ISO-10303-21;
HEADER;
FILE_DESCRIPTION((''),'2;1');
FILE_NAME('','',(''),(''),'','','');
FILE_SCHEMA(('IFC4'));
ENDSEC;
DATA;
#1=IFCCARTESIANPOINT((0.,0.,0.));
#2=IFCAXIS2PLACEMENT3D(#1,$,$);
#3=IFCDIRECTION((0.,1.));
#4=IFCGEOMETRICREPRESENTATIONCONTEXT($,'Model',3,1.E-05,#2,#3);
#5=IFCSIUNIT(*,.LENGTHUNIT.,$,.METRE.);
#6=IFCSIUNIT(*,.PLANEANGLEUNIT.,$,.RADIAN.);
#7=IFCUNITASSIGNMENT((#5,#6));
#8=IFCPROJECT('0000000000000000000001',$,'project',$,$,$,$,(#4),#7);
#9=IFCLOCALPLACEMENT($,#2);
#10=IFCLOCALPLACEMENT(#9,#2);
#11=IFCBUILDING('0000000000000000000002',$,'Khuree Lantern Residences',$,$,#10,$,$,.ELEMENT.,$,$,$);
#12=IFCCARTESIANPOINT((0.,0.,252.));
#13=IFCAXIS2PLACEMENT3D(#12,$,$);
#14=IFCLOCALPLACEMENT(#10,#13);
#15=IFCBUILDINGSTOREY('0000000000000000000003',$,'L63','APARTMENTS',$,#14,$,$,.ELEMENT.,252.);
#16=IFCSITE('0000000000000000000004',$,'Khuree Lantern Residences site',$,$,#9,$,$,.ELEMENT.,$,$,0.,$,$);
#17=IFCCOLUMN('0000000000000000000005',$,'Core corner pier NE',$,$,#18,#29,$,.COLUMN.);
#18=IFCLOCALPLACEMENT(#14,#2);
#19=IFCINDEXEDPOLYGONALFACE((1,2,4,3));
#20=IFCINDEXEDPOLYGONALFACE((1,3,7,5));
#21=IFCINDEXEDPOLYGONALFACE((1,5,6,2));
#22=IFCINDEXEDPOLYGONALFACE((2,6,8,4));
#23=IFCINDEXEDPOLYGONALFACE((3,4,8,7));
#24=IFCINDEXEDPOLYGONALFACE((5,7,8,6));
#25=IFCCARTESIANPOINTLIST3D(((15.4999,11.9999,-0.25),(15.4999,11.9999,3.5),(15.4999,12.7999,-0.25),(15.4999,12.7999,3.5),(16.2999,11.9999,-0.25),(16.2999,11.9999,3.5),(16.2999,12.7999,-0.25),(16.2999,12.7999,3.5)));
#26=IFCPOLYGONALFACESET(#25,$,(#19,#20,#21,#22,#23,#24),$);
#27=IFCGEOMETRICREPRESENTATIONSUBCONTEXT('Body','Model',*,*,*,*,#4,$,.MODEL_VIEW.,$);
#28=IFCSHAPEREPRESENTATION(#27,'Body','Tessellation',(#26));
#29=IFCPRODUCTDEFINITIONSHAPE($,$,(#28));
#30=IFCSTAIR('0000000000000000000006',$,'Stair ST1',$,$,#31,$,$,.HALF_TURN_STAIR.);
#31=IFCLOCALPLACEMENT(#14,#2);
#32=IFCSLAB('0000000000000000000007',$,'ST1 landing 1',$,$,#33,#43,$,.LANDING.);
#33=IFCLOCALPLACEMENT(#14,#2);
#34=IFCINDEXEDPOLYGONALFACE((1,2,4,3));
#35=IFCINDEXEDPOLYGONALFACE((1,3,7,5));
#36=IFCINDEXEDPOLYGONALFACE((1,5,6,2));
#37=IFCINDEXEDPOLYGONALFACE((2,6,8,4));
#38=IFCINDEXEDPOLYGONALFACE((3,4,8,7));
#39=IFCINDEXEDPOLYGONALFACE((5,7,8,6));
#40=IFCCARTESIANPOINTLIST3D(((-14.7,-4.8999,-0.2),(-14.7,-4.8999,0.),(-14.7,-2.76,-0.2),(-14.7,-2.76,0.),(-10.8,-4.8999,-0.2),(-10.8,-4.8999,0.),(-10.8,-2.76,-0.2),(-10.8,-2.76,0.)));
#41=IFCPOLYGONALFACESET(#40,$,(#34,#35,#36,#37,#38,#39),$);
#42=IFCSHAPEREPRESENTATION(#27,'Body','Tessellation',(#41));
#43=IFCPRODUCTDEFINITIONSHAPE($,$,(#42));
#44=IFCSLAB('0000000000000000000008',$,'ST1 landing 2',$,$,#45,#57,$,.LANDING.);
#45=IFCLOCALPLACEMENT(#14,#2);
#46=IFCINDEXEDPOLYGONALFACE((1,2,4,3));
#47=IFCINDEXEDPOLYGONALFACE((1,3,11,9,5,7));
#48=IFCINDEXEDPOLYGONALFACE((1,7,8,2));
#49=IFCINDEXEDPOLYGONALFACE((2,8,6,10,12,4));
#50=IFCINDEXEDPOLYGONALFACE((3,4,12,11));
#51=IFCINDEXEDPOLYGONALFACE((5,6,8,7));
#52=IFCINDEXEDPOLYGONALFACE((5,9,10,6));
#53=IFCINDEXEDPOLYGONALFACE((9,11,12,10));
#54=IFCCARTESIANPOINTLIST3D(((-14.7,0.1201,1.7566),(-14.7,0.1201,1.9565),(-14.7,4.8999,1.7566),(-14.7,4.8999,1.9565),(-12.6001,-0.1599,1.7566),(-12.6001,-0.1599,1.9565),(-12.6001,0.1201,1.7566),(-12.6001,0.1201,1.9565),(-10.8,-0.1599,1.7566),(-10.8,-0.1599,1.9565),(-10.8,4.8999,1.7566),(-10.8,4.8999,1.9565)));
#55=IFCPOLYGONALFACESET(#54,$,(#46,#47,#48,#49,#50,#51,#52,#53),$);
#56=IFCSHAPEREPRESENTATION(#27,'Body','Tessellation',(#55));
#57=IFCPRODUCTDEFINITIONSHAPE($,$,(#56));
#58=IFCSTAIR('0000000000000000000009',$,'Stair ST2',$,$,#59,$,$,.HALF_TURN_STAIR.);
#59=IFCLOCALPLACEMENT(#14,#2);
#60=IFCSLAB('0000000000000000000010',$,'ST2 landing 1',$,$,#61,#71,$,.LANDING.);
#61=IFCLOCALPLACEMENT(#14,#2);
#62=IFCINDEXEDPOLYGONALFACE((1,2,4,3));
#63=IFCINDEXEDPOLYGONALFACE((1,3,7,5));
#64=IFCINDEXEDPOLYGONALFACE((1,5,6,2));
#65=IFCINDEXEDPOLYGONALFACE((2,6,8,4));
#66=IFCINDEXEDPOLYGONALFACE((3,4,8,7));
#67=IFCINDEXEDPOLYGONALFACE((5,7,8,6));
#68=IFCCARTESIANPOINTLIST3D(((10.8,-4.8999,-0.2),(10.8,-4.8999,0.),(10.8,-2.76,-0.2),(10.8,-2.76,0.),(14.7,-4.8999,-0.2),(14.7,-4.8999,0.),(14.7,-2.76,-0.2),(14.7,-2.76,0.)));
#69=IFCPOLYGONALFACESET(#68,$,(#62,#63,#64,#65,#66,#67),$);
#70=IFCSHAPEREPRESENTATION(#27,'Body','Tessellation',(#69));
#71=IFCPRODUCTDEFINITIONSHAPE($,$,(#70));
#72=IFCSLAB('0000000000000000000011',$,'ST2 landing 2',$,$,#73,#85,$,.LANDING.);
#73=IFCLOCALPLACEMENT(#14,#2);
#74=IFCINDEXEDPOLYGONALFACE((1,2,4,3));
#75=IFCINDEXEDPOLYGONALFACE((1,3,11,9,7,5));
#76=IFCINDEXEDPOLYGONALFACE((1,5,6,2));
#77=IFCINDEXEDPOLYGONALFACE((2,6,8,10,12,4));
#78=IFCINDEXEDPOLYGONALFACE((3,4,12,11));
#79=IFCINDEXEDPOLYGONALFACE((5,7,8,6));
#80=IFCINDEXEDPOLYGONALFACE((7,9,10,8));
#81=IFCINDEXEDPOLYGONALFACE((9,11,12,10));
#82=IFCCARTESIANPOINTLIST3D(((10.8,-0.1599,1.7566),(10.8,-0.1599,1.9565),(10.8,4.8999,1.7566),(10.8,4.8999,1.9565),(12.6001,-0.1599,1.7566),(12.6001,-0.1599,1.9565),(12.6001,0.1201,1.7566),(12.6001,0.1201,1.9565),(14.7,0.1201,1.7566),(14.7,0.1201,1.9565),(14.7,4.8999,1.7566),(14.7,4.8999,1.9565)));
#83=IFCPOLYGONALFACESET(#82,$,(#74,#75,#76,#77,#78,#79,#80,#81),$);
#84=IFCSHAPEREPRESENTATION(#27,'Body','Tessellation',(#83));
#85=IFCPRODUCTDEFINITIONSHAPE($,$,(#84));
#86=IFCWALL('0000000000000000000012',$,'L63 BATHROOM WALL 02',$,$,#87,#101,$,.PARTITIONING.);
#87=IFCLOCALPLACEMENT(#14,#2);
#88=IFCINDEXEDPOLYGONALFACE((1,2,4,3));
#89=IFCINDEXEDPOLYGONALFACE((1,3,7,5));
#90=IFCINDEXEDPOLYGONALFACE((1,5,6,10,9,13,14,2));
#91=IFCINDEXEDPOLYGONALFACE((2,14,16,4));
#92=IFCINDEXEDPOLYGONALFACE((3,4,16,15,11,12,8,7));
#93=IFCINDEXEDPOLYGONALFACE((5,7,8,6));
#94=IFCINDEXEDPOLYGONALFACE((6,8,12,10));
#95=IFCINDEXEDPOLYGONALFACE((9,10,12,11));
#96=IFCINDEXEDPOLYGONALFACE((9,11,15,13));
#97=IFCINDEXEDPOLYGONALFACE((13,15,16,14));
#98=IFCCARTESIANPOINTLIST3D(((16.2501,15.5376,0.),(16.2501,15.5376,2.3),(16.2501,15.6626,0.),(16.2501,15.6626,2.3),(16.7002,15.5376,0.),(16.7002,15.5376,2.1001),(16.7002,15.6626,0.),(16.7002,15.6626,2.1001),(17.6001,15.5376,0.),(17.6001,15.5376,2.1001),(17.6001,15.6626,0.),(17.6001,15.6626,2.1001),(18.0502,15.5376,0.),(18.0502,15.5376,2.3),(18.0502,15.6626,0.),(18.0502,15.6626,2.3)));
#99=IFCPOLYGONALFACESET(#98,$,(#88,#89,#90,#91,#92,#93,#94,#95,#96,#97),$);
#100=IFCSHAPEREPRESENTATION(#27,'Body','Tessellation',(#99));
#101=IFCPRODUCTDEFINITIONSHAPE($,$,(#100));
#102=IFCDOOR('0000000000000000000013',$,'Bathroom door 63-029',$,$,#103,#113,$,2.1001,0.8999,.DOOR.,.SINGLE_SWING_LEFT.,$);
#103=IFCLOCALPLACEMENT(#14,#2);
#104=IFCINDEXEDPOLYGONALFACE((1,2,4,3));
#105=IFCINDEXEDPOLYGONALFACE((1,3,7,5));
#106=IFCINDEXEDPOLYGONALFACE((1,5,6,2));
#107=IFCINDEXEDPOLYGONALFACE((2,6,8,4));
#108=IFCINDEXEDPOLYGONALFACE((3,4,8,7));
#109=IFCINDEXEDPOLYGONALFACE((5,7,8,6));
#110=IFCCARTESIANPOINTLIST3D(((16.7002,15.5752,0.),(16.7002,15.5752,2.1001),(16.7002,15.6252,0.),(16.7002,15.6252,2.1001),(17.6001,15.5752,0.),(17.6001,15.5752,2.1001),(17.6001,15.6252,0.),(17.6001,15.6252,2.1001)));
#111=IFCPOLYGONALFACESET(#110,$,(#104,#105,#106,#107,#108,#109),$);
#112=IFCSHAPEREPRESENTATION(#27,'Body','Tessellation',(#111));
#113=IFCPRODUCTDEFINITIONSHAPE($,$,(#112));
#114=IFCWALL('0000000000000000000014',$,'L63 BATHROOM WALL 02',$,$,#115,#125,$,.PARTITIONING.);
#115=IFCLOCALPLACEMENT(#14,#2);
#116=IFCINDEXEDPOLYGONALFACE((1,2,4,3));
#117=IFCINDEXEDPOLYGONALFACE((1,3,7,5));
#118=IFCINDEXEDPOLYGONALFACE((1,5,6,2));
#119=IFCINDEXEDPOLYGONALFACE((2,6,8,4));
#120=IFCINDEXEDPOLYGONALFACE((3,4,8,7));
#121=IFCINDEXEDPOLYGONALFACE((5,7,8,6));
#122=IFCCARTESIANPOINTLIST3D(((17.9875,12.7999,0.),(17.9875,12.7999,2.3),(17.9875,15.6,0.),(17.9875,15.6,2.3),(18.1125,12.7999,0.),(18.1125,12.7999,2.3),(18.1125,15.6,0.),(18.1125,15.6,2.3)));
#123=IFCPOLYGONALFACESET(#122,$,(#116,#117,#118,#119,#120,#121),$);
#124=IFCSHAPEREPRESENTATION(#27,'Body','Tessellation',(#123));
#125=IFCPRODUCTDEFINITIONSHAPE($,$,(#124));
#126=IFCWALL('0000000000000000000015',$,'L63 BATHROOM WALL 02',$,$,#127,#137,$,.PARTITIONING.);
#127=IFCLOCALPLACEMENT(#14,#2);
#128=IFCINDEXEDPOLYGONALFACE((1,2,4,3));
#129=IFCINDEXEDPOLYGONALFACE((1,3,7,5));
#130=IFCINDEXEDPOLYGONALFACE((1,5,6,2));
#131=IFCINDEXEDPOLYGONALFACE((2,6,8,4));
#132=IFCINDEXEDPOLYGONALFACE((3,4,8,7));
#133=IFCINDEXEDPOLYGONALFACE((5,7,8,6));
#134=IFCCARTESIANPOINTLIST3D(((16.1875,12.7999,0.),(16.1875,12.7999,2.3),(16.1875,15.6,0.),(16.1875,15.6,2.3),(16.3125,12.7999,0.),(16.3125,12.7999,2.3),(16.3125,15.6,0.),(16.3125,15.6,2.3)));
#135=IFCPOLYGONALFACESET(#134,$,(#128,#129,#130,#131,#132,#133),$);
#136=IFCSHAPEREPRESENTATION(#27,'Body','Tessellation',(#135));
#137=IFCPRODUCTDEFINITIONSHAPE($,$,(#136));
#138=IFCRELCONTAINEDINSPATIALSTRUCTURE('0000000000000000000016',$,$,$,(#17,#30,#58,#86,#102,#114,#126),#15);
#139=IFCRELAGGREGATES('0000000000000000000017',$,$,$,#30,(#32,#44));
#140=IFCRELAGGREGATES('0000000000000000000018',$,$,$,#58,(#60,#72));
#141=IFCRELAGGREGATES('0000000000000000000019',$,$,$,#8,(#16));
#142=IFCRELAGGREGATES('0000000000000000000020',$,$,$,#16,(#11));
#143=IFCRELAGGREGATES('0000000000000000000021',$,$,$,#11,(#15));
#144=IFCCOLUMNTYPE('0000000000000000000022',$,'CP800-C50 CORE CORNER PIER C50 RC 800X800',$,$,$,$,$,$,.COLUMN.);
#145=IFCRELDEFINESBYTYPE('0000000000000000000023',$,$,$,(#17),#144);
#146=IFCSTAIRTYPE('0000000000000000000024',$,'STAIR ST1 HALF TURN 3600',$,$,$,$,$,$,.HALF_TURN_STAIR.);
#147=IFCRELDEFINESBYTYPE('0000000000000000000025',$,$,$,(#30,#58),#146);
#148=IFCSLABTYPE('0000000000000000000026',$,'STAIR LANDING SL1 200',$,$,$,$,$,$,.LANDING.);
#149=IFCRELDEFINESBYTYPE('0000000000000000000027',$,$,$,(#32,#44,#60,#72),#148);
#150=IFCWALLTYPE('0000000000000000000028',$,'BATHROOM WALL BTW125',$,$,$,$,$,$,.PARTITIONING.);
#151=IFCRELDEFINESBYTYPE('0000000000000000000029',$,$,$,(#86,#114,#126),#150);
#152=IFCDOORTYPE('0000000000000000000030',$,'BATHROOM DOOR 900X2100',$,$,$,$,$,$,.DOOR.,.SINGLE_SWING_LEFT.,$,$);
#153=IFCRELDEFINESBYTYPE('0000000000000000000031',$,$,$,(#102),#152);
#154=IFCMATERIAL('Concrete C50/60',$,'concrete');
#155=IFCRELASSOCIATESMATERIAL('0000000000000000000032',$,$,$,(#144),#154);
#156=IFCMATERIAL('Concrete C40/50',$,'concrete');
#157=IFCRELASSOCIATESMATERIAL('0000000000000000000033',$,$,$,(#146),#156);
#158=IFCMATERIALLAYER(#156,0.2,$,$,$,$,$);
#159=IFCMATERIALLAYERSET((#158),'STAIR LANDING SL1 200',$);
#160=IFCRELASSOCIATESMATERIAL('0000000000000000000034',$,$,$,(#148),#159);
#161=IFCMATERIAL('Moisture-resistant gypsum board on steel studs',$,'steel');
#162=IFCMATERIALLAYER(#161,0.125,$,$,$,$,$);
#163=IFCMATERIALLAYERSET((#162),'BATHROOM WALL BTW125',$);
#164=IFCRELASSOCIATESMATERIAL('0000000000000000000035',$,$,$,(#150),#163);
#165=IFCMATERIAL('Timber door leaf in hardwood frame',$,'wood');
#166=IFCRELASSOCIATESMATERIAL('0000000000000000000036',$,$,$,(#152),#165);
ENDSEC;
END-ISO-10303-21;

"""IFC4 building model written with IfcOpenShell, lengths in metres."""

from ifc_helpers import new_model, si_unit, direction, frame, frame_2d, origin, origin_2d, place, context, subcontext, project, spatial, polyline, rectangle, outline, extrude, material, layer, layer_set, material_profile, profile_set, type_object, element, fill, aggregate, save


model = new_model("IFC4")

# Units and contexts
model_context = context("Model", 3, precision=1e-05, world=origin(), true_north=direction((0.0, 1.0)))
body_context = subcontext(model_context, "Body", "Model", "MODEL_VIEW")
ifc_project = project(units=[si_unit("LENGTHUNIT", "METRE"), si_unit("PLANEANGLEUNIT", "RADIAN")], contexts=[model_context])

# Site, building, storey
site_placement = place(None, origin())
site = spatial("IfcSite", under=ifc_project, at=site_placement, Name="Khuree Lantern Residences site", CompositionType="ELEMENT", RefElevation=0.0)
building_placement = place(site_placement, origin())
building = spatial("IfcBuilding", under=site, at=building_placement, Name="Khuree Lantern Residences", CompositionType="ELEMENT")
storey_placement = place(building_placement, frame((0.0, 0.0, 252.0)))
storey = spatial("IfcBuildingStorey", under=building, at=storey_placement, Name="L63", Description="APARTMENTS", CompositionType="ELEMENT", Elevation=252.0)

# Column
ifc_material_1 = material(Name="Concrete C50/60", Category="concrete")
ifc_material_profile = material_profile(ifc_material_1, rectangle(XDim=0.8, YDim=0.8, at=origin_2d()), Name="RC 800X800")
ifc_profile_set = profile_set([ifc_material_profile], Name="Concrete C50/60")
column_type = type_object("IfcColumnType", Name="CP800-C50 CORE CORNER PIER C50 RC 800X800", PredefinedType="COLUMN", material=ifc_profile_set)
column_placement = place(storey_placement, frame((15.8999, 12.3999, -0.25), z_axis=(0.0, 0.0, 1.0), x_axis=(1.0, 0.0, 0.0)))
element("IfcColumn", 1, at=column_placement, inside=storey, type_object=column_type, Name="Core corner pier NE", PredefinedType="COLUMN", context=body_context, shape_type="SweptSolid", body=[
    extrude(rectangle(XDim=0.8, YDim=0.8, at=origin_2d()), origin(), (0.0, 0.0, 1.0), 3.75),
])

# Stairs, slabs
ifc_material_2 = material(Name="Concrete C40/50", Category="concrete")
stair_type = type_object("IfcStairType", Name="STAIR ST1 HALF TURN 3600", PredefinedType="HALF_TURN_STAIR", material=ifc_material_2)
stair_1_placement = place(storey_placement, origin())
stair_1 = element("IfcStair", 2, at=stair_1_placement, inside=storey, type_object=stair_type, Name="Stair ST1", PredefinedType="HALF_TURN_STAIR")
ifc_layer_1 = layer(ifc_material_2, 0.2)
ifc_layer_set_1 = layer_set([ifc_layer_1], Name="STAIR LANDING SL1 200")
slab_type = type_object("IfcSlabType", Name="STAIR LANDING SL1 200", PredefinedType="LANDING", material=ifc_layer_set_1)
slab_1_placement = place(storey_placement, frame((0.0, 0.0, -0.2)))
slab_1 = element("IfcSlab", 3, at=slab_1_placement, type_object=slab_type, Name="ST1 landing 1", PredefinedType="LANDING", context=body_context, shape_type="SweptSolid", body=[
    extrude(outline(polyline([(-14.7, -4.8999), (-10.8, -4.8999), (-10.8, -2.76), (-14.7, -2.76), (-14.7, -4.8999)])), origin(), (0.0, 0.0, 1.0), 0.2),
])
slab_2_placement = place(storey_placement, frame((0.0, 0.0, 1.7566)))
slab_2 = element("IfcSlab", 4, at=slab_2_placement, type_object=slab_type, Name="ST1 landing 2", PredefinedType="LANDING", context=body_context, shape_type="SweptSolid", body=[
    extrude(outline(polyline([(-14.7, 0.1201), (-14.7, 4.8999), (-10.8, 4.8999), (-10.8, -0.1599), (-12.6001, -0.1599), (-12.6001, 0.1201), (-14.7, 0.1201)])), origin(), (0.0, 0.0, 1.0), 0.2),
])
aggregate(stair_1, [slab_1, slab_2])
stair_2_placement = place(storey_placement, origin())
stair_2 = element("IfcStair", 5, at=stair_2_placement, inside=storey, type_object=stair_type, Name="Stair ST2", PredefinedType="HALF_TURN_STAIR")
slab_3_placement = place(storey_placement, frame((0.0, 0.0, -0.2)))
slab_3 = element("IfcSlab", 6, at=slab_3_placement, type_object=slab_type, Name="ST2 landing 1", PredefinedType="LANDING", context=body_context, shape_type="SweptSolid", body=[
    extrude(outline(polyline([(10.8, -4.8999), (14.7, -4.8999), (14.7, -2.76), (10.8, -2.76), (10.8, -4.8999)])), origin(), (0.0, 0.0, 1.0), 0.2),
])
slab_4_placement = place(storey_placement, frame((0.0, 0.0, 1.7566)))
slab_4 = element("IfcSlab", 7, at=slab_4_placement, type_object=slab_type, Name="ST2 landing 2", PredefinedType="LANDING", context=body_context, shape_type="SweptSolid", body=[
    extrude(outline(polyline([(14.7, 4.8999), (14.7, 0.1201), (12.6001, 0.1201), (12.6001, -0.1599), (10.8, -0.1599), (10.8, 4.8999), (14.7, 4.8999)])), origin(), (0.0, 0.0, 1.0), 0.2),
])

# Wall, opening, door
ifc_material_3 = material(Name="Moisture-resistant gypsum board on steel studs", Category="steel")
ifc_layer_2 = layer(ifc_material_3, 0.125)
ifc_layer_set_2 = layer_set([ifc_layer_2], Name="BATHROOM WALL BTW125")
wall_type_1 = type_object("IfcWallType", Name="BATHROOM WALL BTW125", PredefinedType="PARTITIONING", material=ifc_layer_set_2)
wall_1_placement = place(storey_placement, frame((18.05, 15.6001, 0.0), z_axis=(0.0, 0.0, 1.0), x_axis=(-1.0, 0.0, 0.0)))
wall_1 = element("IfcWall", 8, at=wall_1_placement, inside=storey, type_object=wall_type_1, Name="L63 BATHROOM WALL 02", PredefinedType="PARTITIONING", context=body_context, shape_type="SweptSolid", body=[
    extrude(rectangle(XDim=1.8, YDim=0.125, at=frame_2d((0.8999, 0.0))), origin(), (0.0, 0.0, 1.0), 2.3),
])
opening_1_placement = place(wall_1_placement, frame((0.45, 0.0, 0.0)))
opening_1 = element("IfcOpeningElement", 9, at=opening_1_placement, cuts=wall_1, PredefinedType="OPENING", context=body_context, shape_type="SweptSolid", body=[
    extrude(rectangle(XDim=0.8999, YDim=2.1001, at=frame_2d((0.45, 1.05))), frame((0.0, 0.0725, 0.0), z_axis=(0.0, -1.0, 0.0), x_axis=(1.0, 0.0, 0.0)), (0.0, 0.0, 1.0), 0.145),
])
ifc_material_4 = material(Name="Timber door leaf in hardwood frame", Category="wood")
door_type_1 = type_object("IfcDoorType", Name="BATHROOM DOOR 900X2100", OperationType="SINGLE_SWING_LEFT", PredefinedType="DOOR", material=ifc_material_4)
door_1_placement = place(opening_1_placement, origin())
door_1 = element("IfcDoor", 10, at=door_1_placement, inside=storey, type_object=door_type_1, Name="Bathroom door 63-029", OperationType="SINGLE_SWING_LEFT", OverallHeight=2.1001, OverallWidth=0.8999, PredefinedType="DOOR", context=body_context, shape_type="SweptSolid", body=[
    extrude(rectangle(XDim=0.8999, YDim=2.1001, at=frame_2d((0.45, 1.05))), frame((0.0, 0.0249, 0.0), z_axis=(0.0, -1.0, 0.0), x_axis=(1.0, 0.0, 0.0)), (0.0, 0.0, 1.0), 0.05),
])
fill(opening_1, door_1)

# Walls
for number, where, z_axis, x_axis, name in (
    (11, (18.05, 12.8, 0.0), (0.0, 0.0, 1.0), (0.0, 1.0, 0.0), "L63 BATHROOM WALL 02"),
    (12, (16.25, 12.8, 0.0), (0.0, 0.0, 1.0), (0.0, 1.0, 0.0), "L63 BATHROOM WALL 02"),
):
    element("IfcWall", number, at=place(storey_placement, frame(where, z_axis=z_axis, x_axis=x_axis)), inside=storey, type_object=wall_type_1, Name=name, PredefinedType="PARTITIONING", context=body_context, shape_type="SweptSolid", body=[
        extrude(rectangle(XDim=2.8, YDim=0.125, at=frame_2d((1.3999, 0.0))), origin(), (0.0, 0.0, 1.0), 2.3),
    ])

aggregate(stair_2, [slab_3, slab_4])

save(model, "model.ifc")
